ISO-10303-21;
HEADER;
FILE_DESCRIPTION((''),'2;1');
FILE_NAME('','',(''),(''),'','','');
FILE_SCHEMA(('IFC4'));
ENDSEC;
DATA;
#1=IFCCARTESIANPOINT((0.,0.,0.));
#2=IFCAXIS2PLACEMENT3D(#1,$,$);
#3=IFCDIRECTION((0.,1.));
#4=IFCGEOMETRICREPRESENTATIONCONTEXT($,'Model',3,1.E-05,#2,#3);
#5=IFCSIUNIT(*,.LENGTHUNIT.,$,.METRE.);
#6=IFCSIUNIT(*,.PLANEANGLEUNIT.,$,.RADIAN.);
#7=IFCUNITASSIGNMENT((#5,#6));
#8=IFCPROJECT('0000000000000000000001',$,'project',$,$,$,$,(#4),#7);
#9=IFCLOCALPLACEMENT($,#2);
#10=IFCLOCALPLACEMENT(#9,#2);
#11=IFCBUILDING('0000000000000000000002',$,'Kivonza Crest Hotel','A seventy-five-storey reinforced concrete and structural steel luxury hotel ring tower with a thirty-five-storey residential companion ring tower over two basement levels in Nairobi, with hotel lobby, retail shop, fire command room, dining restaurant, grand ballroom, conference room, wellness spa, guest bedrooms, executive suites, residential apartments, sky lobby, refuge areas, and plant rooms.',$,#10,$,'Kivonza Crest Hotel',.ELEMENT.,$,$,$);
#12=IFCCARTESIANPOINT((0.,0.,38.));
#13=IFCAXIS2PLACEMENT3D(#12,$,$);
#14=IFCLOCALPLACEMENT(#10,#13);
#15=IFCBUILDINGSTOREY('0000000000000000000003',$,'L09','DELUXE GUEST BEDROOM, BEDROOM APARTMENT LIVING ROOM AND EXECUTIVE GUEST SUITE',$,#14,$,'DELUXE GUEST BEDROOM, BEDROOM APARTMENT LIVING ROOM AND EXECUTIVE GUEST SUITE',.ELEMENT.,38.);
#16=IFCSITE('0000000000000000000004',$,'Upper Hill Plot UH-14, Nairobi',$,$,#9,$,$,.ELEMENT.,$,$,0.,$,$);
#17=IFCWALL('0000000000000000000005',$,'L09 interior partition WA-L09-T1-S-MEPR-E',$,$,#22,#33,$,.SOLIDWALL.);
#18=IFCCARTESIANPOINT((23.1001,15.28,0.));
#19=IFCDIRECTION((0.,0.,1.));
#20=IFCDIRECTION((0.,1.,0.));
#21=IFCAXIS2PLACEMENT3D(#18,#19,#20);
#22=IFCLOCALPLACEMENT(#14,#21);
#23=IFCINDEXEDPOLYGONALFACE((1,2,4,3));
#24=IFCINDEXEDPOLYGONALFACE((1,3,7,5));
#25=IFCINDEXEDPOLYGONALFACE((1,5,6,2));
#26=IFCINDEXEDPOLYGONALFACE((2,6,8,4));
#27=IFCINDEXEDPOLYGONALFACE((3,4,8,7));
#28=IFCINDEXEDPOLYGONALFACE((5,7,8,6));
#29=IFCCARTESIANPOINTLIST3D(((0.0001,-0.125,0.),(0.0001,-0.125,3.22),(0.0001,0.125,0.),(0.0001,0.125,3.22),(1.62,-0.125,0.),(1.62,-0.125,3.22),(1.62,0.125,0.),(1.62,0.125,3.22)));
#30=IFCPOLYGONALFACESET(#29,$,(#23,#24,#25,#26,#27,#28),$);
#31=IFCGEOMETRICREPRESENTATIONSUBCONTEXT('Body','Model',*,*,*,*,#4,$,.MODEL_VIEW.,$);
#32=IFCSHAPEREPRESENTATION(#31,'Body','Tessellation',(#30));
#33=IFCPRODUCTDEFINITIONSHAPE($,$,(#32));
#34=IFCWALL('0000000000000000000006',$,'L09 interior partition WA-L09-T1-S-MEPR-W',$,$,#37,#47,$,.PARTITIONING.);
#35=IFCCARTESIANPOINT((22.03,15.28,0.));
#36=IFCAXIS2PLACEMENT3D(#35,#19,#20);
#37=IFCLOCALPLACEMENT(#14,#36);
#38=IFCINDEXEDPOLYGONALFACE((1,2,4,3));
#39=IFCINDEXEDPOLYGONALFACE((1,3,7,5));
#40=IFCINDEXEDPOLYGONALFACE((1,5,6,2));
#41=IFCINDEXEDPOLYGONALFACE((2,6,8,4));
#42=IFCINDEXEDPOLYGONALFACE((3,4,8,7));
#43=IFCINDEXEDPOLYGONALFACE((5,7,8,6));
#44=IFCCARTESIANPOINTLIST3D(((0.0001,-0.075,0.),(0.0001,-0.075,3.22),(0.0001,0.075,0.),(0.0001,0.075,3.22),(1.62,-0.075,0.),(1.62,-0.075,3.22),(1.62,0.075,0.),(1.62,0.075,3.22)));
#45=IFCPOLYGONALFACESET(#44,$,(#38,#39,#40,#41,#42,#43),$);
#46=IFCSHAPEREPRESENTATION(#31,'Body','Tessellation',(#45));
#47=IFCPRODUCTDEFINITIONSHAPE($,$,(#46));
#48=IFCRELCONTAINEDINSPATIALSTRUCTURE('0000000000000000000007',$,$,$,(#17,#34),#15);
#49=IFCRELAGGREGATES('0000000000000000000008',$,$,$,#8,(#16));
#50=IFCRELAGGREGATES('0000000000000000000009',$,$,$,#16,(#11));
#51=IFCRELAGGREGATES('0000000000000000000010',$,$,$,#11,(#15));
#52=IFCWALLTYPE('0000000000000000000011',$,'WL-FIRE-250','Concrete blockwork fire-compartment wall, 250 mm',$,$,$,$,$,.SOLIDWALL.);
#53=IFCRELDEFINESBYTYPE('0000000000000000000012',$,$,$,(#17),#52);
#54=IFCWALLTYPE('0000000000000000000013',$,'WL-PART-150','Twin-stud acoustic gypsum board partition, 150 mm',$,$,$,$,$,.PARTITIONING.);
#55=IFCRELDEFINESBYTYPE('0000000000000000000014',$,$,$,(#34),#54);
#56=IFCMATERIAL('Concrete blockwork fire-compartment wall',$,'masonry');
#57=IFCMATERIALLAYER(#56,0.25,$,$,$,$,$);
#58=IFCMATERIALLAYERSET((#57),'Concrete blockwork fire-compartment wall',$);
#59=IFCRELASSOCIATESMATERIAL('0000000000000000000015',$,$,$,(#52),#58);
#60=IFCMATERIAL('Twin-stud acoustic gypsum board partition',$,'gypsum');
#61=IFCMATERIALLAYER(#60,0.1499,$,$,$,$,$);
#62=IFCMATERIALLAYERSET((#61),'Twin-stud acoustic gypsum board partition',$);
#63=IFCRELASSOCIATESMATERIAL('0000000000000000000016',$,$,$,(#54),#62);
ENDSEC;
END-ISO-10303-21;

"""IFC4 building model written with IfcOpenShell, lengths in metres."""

from ifc_helpers import new_model, si_unit, direction, frame, frame_2d, origin, place, context, subcontext, project, spatial, rectangle, extrude, material, layer, layer_set, type_object, element, save


model = new_model("IFC4")

# Units and contexts
model_context = context("Model", 3, precision=1e-05, world=origin(), true_north=direction((0.0, 1.0)))
body_context = subcontext(model_context, "Body", "Model", "MODEL_VIEW")
ifc_project = project(units=[si_unit("LENGTHUNIT", "METRE"), si_unit("PLANEANGLEUNIT", "RADIAN")], contexts=[model_context])

# Site, building, storey
site_placement = place(None, origin())
site = spatial("IfcSite", under=ifc_project, at=site_placement, Name="Upper Hill Plot UH-14, Nairobi", CompositionType="ELEMENT", RefElevation=0.0)
building_placement = place(site_placement, origin())
building = spatial("IfcBuilding", under=site, at=building_placement, Name="Kivonza Crest Hotel", Description="A seventy-five-storey reinforced concrete and structural steel luxury hotel ring tower with a thirty-five-storey residential companion ring tower over two basement levels in Nairobi, with hotel lobby, retail shop, fire command room, dining restaurant, grand ballroom, conference room, wellness spa, guest bedrooms, executive suites, residential apartments, sky lobby, refuge areas, and plant rooms.", LongName="Kivonza Crest Hotel", CompositionType="ELEMENT")
storey_placement = place(building_placement, frame((0.0, 0.0, 38.0)))
storey = spatial("IfcBuildingStorey", under=building, at=storey_placement, Name="L09", Description="DELUXE GUEST BEDROOM, BEDROOM APARTMENT LIVING ROOM AND EXECUTIVE GUEST SUITE", LongName="DELUXE GUEST BEDROOM, BEDROOM APARTMENT LIVING ROOM AND EXECUTIVE GUEST SUITE", CompositionType="ELEMENT", Elevation=38.0)

# Wall
ifc_material_1 = material(Name="Concrete blockwork fire-compartment wall", Category="masonry")
ifc_layer_1 = layer(ifc_material_1, 0.25)
ifc_layer_set_1 = layer_set([ifc_layer_1], Name="Concrete blockwork fire-compartment wall")
wall_type_1 = type_object("IfcWallType", Name="WL-FIRE-250", Description="Concrete blockwork fire-compartment wall, 250 mm", PredefinedType="SOLIDWALL", material=ifc_layer_set_1)
wall_1_placement = place(storey_placement, frame((23.1001, 15.28, 0.0), z_axis=(0.0, 0.0, 1.0), x_axis=(0.0, 1.0, 0.0)))
element("IfcWall", 1, at=wall_1_placement, inside=storey, type_object=wall_type_1, Name="L09 interior partition WA-L09-T1-S-MEPR-E", PredefinedType="SOLIDWALL", context=body_context, shape_type="SweptSolid", body=[
    extrude(rectangle(XDim=1.6199, YDim=0.25, at=frame_2d((0.8101, 0.0))), origin(), (0.0, 0.0, 1.0), 3.22),
])

# Wall
ifc_material_2 = material(Name="Twin-stud acoustic gypsum board partition", Category="gypsum")
ifc_layer_2 = layer(ifc_material_2, 0.1499)
ifc_layer_set_2 = layer_set([ifc_layer_2], Name="Twin-stud acoustic gypsum board partition")
wall_type_2 = type_object("IfcWallType", Name="WL-PART-150", Description="Twin-stud acoustic gypsum board partition, 150 mm", PredefinedType="PARTITIONING", material=ifc_layer_set_2)
wall_2_placement = place(storey_placement, frame((22.03, 15.28, 0.0), z_axis=(0.0, 0.0, 1.0), x_axis=(0.0, 1.0, 0.0)))
element("IfcWall", 2, at=wall_2_placement, inside=storey, type_object=wall_type_2, Name="L09 interior partition WA-L09-T1-S-MEPR-W", PredefinedType="PARTITIONING", context=body_context, shape_type="SweptSolid", body=[
    extrude(rectangle(XDim=1.6199, YDim=0.1499, at=frame_2d((0.8101, 0.0))), origin(), (0.0, 0.0, 1.0), 3.22),
])

save(model, "model.ifc")
